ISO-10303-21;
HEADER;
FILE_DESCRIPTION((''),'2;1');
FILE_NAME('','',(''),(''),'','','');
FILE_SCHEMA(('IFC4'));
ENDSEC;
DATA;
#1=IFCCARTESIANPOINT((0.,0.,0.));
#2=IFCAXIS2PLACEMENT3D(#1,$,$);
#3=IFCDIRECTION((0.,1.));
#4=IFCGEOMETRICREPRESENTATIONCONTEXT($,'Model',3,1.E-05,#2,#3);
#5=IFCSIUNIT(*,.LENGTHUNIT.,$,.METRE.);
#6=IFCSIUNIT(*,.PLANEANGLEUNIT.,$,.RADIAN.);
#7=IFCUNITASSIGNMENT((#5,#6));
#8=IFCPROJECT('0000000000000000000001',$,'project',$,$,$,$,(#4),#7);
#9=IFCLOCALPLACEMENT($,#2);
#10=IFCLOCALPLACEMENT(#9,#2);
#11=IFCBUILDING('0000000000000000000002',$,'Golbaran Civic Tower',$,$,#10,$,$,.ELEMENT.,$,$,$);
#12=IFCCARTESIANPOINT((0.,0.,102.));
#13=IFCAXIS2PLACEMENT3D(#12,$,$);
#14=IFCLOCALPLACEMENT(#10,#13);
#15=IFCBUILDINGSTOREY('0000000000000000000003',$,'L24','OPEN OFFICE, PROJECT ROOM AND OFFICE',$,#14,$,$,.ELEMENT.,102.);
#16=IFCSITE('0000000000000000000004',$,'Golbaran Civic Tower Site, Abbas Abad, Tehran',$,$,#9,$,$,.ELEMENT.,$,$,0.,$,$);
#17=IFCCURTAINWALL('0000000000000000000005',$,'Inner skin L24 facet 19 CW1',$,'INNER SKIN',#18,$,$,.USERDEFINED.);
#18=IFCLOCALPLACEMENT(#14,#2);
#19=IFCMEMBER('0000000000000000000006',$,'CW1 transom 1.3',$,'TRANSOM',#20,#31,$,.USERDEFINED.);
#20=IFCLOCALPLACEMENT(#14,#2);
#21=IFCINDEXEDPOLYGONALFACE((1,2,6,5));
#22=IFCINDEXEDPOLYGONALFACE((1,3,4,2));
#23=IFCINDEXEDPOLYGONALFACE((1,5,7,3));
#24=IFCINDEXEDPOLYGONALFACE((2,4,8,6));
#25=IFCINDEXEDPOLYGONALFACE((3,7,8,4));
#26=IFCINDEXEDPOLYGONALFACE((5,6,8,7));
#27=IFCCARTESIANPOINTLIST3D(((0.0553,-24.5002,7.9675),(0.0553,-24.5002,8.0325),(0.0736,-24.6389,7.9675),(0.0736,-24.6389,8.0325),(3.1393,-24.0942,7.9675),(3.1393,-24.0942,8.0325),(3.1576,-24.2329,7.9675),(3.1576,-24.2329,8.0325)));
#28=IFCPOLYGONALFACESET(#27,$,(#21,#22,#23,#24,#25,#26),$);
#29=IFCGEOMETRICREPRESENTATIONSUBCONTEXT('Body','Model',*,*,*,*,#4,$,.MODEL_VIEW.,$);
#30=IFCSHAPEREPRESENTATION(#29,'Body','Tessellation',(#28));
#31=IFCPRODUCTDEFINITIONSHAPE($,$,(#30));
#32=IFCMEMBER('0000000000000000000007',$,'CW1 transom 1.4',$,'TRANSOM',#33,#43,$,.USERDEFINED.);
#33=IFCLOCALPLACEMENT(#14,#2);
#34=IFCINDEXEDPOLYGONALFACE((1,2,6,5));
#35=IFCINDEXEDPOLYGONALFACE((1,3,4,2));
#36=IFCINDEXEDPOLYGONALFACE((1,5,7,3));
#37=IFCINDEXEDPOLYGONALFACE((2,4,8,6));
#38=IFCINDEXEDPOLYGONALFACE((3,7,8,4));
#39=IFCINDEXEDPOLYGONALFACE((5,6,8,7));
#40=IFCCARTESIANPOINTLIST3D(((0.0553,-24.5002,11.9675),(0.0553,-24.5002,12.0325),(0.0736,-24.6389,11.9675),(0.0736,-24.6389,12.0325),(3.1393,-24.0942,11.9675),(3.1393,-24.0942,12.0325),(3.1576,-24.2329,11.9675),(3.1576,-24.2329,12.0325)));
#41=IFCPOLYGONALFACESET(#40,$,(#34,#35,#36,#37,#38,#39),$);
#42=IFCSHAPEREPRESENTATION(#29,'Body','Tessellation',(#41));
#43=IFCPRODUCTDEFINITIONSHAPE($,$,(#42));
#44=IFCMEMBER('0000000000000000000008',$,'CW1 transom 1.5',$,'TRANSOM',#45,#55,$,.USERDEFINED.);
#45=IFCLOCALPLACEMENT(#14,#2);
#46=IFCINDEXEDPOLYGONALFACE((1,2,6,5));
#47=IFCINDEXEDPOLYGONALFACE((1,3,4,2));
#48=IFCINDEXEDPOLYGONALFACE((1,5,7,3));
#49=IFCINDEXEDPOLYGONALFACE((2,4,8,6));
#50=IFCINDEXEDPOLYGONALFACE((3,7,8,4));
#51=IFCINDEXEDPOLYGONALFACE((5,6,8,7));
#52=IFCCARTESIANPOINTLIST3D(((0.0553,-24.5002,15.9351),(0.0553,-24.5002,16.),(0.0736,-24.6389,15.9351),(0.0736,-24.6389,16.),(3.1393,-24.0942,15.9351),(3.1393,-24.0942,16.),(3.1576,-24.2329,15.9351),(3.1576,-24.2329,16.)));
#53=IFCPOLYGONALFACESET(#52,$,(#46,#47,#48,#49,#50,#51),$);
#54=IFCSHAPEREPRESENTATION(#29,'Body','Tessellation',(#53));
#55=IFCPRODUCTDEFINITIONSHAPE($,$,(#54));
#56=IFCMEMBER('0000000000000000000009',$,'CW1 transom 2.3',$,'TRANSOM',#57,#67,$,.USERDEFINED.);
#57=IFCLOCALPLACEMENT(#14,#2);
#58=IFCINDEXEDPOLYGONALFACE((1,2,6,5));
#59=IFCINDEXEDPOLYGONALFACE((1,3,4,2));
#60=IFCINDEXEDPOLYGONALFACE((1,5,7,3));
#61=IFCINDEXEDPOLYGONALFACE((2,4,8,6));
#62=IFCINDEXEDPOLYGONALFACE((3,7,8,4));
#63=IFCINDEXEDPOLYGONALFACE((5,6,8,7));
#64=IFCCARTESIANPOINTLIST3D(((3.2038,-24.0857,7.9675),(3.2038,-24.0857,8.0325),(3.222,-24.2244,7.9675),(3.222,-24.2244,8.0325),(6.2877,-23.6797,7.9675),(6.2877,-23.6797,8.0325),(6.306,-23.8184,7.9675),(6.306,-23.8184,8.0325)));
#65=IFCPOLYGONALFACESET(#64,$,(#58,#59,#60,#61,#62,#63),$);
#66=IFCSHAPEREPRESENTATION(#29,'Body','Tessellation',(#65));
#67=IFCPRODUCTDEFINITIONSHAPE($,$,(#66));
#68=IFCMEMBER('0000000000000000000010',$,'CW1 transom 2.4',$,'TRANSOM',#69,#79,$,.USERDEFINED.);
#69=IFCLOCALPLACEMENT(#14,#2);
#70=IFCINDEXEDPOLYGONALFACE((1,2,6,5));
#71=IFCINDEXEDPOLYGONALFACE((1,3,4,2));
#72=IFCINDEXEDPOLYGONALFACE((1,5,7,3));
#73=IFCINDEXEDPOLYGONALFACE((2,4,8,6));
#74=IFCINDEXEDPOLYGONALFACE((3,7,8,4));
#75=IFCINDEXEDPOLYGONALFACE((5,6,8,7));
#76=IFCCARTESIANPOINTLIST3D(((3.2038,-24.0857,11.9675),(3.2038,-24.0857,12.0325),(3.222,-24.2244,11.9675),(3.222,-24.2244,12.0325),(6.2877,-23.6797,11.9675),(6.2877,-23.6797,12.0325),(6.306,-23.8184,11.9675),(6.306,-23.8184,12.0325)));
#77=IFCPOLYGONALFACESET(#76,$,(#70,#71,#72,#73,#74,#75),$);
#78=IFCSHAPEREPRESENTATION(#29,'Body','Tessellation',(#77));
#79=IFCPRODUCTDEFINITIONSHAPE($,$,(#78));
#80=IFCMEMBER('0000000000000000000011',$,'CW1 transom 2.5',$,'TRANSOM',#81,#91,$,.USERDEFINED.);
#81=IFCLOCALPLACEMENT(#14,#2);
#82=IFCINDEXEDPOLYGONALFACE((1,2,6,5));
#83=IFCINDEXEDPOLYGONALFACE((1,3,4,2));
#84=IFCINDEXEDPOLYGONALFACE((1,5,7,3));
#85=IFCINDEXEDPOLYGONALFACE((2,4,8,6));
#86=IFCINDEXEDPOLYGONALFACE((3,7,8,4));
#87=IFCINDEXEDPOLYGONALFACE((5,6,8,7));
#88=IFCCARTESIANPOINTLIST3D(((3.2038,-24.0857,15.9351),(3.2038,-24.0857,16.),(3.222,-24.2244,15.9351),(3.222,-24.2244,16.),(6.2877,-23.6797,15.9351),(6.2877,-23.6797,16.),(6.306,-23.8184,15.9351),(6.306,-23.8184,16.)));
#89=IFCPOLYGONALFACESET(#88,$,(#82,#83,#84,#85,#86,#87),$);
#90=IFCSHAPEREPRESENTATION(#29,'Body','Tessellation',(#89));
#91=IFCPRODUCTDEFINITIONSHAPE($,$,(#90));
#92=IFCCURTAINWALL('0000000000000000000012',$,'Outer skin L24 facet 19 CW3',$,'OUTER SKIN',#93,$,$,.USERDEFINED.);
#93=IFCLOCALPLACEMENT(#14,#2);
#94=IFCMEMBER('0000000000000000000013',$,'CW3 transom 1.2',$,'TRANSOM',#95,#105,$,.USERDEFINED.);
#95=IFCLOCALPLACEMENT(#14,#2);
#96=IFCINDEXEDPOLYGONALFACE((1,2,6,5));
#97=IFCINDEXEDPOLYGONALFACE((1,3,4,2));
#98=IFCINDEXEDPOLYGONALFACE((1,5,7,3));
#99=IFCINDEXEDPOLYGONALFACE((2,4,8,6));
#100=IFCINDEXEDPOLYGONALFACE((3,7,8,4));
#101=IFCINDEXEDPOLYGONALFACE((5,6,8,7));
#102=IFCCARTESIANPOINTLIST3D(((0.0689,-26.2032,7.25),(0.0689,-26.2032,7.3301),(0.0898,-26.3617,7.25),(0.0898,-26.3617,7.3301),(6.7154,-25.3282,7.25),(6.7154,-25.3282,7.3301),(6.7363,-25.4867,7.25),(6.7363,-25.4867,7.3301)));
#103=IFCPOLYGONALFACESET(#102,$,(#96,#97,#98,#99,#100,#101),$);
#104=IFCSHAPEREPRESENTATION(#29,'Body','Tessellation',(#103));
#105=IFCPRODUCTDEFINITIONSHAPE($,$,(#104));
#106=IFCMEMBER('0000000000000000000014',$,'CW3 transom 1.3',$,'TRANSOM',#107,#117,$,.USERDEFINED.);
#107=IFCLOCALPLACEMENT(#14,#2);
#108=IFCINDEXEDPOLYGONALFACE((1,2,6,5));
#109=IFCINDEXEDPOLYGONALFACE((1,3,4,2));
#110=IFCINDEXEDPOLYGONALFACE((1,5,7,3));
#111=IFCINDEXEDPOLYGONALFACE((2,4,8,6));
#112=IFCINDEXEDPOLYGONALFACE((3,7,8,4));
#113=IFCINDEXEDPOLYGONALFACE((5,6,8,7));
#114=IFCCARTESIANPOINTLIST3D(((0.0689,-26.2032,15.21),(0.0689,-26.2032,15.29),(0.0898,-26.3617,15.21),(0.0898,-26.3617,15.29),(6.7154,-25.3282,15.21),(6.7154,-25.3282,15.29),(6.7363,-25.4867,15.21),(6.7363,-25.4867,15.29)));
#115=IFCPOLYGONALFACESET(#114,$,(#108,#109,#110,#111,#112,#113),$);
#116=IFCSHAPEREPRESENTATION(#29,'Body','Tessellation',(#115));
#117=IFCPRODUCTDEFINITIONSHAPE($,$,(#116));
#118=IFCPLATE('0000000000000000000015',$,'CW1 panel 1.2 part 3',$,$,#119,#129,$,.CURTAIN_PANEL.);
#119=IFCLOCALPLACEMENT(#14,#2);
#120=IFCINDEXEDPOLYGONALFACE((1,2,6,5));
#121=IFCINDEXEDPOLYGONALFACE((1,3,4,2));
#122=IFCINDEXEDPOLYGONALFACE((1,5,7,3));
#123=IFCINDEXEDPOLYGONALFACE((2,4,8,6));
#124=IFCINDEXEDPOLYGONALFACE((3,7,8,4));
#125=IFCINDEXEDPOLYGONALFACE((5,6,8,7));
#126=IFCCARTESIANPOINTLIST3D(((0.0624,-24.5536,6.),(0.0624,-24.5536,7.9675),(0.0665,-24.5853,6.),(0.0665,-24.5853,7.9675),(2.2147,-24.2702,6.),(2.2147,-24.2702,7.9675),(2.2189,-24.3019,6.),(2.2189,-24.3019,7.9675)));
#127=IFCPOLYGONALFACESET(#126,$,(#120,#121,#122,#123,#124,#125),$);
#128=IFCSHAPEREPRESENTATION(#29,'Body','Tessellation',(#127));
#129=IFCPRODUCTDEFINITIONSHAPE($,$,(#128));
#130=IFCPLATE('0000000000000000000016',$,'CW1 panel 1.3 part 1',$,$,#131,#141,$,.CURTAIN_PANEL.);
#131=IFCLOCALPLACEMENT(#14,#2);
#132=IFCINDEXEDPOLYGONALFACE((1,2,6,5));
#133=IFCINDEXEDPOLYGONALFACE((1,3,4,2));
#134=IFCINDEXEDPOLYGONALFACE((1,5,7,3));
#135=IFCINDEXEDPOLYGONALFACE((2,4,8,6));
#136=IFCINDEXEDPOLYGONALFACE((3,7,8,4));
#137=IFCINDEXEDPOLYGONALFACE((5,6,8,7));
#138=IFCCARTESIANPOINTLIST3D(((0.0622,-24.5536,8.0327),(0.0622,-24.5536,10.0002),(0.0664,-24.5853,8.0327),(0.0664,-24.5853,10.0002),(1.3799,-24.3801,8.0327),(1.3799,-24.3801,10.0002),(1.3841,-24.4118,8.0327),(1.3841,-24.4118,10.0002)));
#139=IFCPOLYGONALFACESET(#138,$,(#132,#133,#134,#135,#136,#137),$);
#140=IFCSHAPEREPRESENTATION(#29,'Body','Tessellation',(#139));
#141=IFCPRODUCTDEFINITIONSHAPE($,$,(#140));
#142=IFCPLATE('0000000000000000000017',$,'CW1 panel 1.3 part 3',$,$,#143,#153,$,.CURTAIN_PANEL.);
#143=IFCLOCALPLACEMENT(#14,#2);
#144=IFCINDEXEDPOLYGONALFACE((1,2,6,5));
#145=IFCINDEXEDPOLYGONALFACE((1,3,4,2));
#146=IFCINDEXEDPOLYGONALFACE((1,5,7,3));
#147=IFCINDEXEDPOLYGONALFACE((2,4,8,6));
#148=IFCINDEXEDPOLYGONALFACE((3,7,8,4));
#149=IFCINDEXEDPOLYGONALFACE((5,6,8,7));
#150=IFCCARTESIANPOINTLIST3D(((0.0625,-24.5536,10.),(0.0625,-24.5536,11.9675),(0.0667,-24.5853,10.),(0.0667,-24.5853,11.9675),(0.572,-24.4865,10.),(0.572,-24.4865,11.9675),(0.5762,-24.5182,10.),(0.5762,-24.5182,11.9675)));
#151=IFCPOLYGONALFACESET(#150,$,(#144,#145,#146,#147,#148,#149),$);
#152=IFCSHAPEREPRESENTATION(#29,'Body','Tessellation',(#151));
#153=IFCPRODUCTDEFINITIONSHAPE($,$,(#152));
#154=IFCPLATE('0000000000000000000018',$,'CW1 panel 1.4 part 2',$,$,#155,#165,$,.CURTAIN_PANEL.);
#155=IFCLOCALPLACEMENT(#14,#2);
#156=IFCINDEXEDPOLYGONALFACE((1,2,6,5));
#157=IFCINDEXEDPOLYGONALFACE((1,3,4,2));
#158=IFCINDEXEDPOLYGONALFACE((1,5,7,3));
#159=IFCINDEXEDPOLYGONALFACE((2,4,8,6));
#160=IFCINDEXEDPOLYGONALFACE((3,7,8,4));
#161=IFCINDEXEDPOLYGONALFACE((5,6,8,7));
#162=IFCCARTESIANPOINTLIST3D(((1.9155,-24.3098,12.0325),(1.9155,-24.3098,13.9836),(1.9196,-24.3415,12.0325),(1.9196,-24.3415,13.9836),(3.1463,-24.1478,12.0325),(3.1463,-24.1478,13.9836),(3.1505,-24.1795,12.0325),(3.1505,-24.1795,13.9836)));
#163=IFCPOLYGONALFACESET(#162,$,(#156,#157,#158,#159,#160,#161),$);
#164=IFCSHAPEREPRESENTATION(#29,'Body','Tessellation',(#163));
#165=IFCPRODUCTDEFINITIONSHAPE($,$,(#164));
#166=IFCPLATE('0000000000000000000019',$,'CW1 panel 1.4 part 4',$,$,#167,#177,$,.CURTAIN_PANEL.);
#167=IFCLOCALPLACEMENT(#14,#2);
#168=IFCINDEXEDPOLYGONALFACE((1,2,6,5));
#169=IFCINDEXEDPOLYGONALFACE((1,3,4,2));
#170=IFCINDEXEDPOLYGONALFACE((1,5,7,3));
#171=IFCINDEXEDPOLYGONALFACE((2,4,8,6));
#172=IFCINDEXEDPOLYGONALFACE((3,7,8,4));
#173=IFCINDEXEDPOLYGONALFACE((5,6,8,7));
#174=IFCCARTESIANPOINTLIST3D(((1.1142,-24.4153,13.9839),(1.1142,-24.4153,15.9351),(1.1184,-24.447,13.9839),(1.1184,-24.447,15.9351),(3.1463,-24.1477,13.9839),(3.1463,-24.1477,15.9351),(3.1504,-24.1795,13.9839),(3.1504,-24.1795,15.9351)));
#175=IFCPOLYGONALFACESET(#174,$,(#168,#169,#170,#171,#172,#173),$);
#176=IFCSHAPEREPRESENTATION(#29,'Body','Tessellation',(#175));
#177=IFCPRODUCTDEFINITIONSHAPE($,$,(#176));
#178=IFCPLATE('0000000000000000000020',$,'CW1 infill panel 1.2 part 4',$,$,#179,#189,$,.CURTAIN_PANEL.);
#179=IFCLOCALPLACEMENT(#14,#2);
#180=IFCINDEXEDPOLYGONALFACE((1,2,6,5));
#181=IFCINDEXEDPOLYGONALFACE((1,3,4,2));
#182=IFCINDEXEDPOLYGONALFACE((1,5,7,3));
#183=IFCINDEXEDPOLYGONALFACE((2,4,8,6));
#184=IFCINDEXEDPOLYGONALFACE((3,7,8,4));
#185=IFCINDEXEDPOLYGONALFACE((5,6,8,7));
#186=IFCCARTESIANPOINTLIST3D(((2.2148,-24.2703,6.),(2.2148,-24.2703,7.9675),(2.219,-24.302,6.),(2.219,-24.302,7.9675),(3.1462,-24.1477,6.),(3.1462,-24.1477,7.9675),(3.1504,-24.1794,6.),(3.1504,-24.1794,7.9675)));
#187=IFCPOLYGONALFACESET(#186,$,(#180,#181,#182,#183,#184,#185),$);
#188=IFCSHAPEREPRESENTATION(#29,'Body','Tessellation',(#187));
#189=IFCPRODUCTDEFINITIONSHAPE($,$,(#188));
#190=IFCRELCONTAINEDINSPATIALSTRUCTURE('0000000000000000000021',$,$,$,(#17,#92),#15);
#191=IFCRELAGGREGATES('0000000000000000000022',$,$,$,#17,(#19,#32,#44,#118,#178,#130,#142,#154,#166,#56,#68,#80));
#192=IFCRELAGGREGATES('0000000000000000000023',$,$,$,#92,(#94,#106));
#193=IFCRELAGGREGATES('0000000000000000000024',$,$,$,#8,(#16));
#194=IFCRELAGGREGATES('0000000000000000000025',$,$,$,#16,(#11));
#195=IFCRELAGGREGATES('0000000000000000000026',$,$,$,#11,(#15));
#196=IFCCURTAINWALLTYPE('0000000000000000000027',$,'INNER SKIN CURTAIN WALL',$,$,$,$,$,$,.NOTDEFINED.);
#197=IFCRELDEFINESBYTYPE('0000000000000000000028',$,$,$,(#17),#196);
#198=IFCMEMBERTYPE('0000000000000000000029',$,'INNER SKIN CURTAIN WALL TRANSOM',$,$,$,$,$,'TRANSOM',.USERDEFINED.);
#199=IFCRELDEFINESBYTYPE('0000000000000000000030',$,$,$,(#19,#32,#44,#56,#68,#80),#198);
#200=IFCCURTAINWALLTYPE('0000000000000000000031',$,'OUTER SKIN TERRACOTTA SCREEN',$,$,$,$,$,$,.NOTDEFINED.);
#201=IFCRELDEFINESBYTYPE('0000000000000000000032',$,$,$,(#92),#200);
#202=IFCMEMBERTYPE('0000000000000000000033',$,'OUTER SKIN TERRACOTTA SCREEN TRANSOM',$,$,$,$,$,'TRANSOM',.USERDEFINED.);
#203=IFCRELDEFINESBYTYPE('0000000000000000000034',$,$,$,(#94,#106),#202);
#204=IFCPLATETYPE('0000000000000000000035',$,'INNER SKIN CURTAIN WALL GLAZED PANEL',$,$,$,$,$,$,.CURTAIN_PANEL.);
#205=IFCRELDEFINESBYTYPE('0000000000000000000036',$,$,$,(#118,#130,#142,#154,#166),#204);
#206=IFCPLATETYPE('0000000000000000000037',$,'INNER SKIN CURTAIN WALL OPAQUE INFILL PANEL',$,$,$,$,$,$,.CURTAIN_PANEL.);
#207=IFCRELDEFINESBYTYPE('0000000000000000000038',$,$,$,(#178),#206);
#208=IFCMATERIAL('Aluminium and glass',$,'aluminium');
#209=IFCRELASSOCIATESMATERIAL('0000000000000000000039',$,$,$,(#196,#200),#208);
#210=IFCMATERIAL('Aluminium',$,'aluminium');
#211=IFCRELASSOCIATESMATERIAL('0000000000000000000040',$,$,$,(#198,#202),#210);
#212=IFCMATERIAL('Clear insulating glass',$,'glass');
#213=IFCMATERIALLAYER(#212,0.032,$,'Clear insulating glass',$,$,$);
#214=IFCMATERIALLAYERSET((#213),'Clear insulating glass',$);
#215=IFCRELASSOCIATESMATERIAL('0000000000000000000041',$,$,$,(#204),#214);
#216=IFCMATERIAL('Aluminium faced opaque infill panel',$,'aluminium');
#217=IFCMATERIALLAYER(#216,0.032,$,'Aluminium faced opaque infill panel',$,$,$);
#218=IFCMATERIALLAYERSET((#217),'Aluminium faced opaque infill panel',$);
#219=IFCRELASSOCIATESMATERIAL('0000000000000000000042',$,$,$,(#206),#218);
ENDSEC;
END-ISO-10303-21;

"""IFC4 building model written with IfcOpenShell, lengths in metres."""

from ifc_helpers import new_model, si_unit, direction, frame, origin, origin_2d, place, context, subcontext, project, spatial, rectangle, extrude, material, layer, layer_set, material_profile, profile_set, type_object, element, aggregate, save


model = new_model("IFC4")

# Units and contexts
model_context = context("Model", 3, precision=1e-05, world=origin(), true_north=direction((0.0, 1.0)))
body_context = subcontext(model_context, "Body", "Model", "MODEL_VIEW")
ifc_project = project(units=[si_unit("LENGTHUNIT", "METRE"), si_unit("PLANEANGLEUNIT", "RADIAN")], contexts=[model_context])

# Site, building, storey
site_placement = place(None, origin())
site = spatial("IfcSite", under=ifc_project, at=site_placement, Name="Golbaran Civic Tower Site, Abbas Abad, Tehran", CompositionType="ELEMENT", RefElevation=0.0)
building_placement = place(site_placement, origin())
building = spatial("IfcBuilding", under=site, at=building_placement, Name="Golbaran Civic Tower", CompositionType="ELEMENT")
storey_placement = place(building_placement, frame((0.0, 0.0, 102.0)))
storey = spatial("IfcBuildingStorey", under=building, at=storey_placement, Name="L24", Description="OPEN OFFICE, PROJECT ROOM AND OFFICE", CompositionType="ELEMENT", Elevation=102.0)

# Curtain walls, members
ifc_material_1 = material(Name="Aluminium and glass", Category="aluminium")
curtain_wall_type_1 = type_object("IfcCurtainWallType", Name="INNER SKIN CURTAIN WALL", PredefinedType="NOTDEFINED", material=ifc_material_1)
curtain_wall_1_placement = place(storey_placement, origin())
curtain_wall_1 = element("IfcCurtainWall", 1, at=curtain_wall_1_placement, inside=storey, type_object=curtain_wall_type_1, Name="Inner skin L24 facet 19 CW1", ObjectType="INNER SKIN", PredefinedType="USERDEFINED")
ifc_material_2 = material(Name="Aluminium", Category="aluminium")
ifc_material_profile_1 = material_profile(ifc_material_2, rectangle(XDim=0.1399, YDim=0.0649, at=origin_2d()), Name="INNER SKIN CURTAIN WALL TRANSOM")
ifc_profile_set_1 = profile_set([ifc_material_profile_1], Name="Aluminium")
member_type_1 = type_object("IfcMemberType", Name="INNER SKIN CURTAIN WALL TRANSOM", ElementType="TRANSOM", PredefinedType="USERDEFINED", material=ifc_profile_set_1)
member_1_placement = place(storey_placement, frame((0.0645, -24.5696, 8.0), z_axis=(0.991445, 0.130524, 0.0), x_axis=(-0.130524, 0.991445, 0.0)))
member_1 = element("IfcMember", 2, at=member_1_placement, type_object=member_type_1, Name="CW1 transom 1.3", ObjectType="TRANSOM", PredefinedType="USERDEFINED", context=body_context, shape_type="SweptSolid", body=[
    extrude(rectangle(XDim=0.1399, YDim=0.0649, at=origin_2d()), origin(), (0.0, 0.0, 1.0), 3.1106),
])
member_2_placement = place(storey_placement, frame((0.0645, -24.5696, 12.0), z_axis=(0.991445, 0.130524, 0.0), x_axis=(-0.130524, 0.991445, 0.0)))
member_2 = element("IfcMember", 3, at=member_2_placement, type_object=member_type_1, Name="CW1 transom 1.4", ObjectType="TRANSOM", PredefinedType="USERDEFINED", context=body_context, shape_type="SweptSolid", body=[
    extrude(rectangle(XDim=0.1399, YDim=0.0649, at=origin_2d()), origin(), (0.0, 0.0, 1.0), 3.1106),
])
member_3_placement = place(storey_placement, frame((0.0645, -24.5696, 15.9675), z_axis=(0.991445, 0.130524, 0.0), x_axis=(-0.130524, 0.991445, 0.0)))
member_3 = element("IfcMember", 4, at=member_3_placement, type_object=member_type_1, Name="CW1 transom 1.5", ObjectType="TRANSOM", PredefinedType="USERDEFINED", context=body_context, shape_type="SweptSolid", body=[
    extrude(rectangle(XDim=0.1399, YDim=0.0649, at=origin_2d()), origin(), (0.0, 0.0, 1.0), 3.1106),
])
member_4_placement = place(storey_placement, frame((3.2129, -24.155, 8.0), z_axis=(0.991445, 0.130524, 0.0), x_axis=(-0.130524, 0.991445, 0.0)))
member_4 = element("IfcMember", 5, at=member_4_placement, type_object=member_type_1, Name="CW1 transom 2.3", ObjectType="TRANSOM", PredefinedType="USERDEFINED", context=body_context, shape_type="SweptSolid", body=[
    extrude(rectangle(XDim=0.1399, YDim=0.0649, at=origin_2d()), origin(), (0.0, 0.0, 1.0), 3.1106),
])
member_5_placement = place(storey_placement, frame((3.2129, -24.155, 12.0), z_axis=(0.991445, 0.130524, 0.0), x_axis=(-0.130524, 0.991445, 0.0)))
member_5 = element("IfcMember", 6, at=member_5_placement, type_object=member_type_1, Name="CW1 transom 2.4", ObjectType="TRANSOM", PredefinedType="USERDEFINED", context=body_context, shape_type="SweptSolid", body=[
    extrude(rectangle(XDim=0.1399, YDim=0.0649, at=origin_2d()), origin(), (0.0, 0.0, 1.0), 3.1106),
])
member_6_placement = place(storey_placement, frame((3.2129, -24.155, 15.9675), z_axis=(0.991445, 0.130524, 0.0), x_axis=(-0.130524, 0.991445, 0.0)))
member_6 = element("IfcMember", 7, at=member_6_placement, type_object=member_type_1, Name="CW1 transom 2.5", ObjectType="TRANSOM", PredefinedType="USERDEFINED", context=body_context, shape_type="SweptSolid", body=[
    extrude(rectangle(XDim=0.1399, YDim=0.0649, at=origin_2d()), origin(), (0.0, 0.0, 1.0), 3.1106),
])
curtain_wall_type_2 = type_object("IfcCurtainWallType", Name="OUTER SKIN TERRACOTTA SCREEN", PredefinedType="NOTDEFINED", material=ifc_material_1)
curtain_wall_2_placement = place(storey_placement, origin())
curtain_wall_2 = element("IfcCurtainWall", 8, at=curtain_wall_2_placement, inside=storey, type_object=curtain_wall_type_2, Name="Outer skin L24 facet 19 CW3", ObjectType="OUTER SKIN", PredefinedType="USERDEFINED")
ifc_material_profile_2 = material_profile(ifc_material_2, rectangle(XDim=0.1599, YDim=0.0801, at=origin_2d()), Name="OUTER SKIN TERRACOTTA SCREEN TRANSOM")
ifc_profile_set_2 = profile_set([ifc_material_profile_2], Name="Aluminium")
member_type_2 = type_object("IfcMemberType", Name="OUTER SKIN TERRACOTTA SCREEN TRANSOM", ElementType="TRANSOM", PredefinedType="USERDEFINED", material=ifc_profile_set_2)
member_7_placement = place(storey_placement, frame((0.0793, -26.2825, 7.29), z_axis=(0.991445, 0.130522, 0.0), x_axis=(-0.130522, 0.991445, 0.0)))
member_7 = element("IfcMember", 9, at=member_7_placement, type_object=member_type_2, Name="CW3 transom 1.2", ObjectType="TRANSOM", PredefinedType="USERDEFINED", context=body_context, shape_type="SweptSolid", body=[
    extrude(rectangle(XDim=0.1599, YDim=0.0801, at=origin_2d()), origin(), (0.0, 0.0, 1.0), 6.7039),
])
member_8_placement = place(storey_placement, frame((0.0793, -26.2825, 15.25), z_axis=(0.991445, 0.130522, 0.0), x_axis=(-0.130522, 0.991445, 0.0)))
member_8 = element("IfcMember", 10, at=member_8_placement, type_object=member_type_2, Name="CW3 transom 1.3", ObjectType="TRANSOM", PredefinedType="USERDEFINED", context=body_context, shape_type="SweptSolid", body=[
    extrude(rectangle(XDim=0.1599, YDim=0.0801, at=origin_2d()), origin(), (0.0, 0.0, 1.0), 6.7039),
])

# Plates
ifc_material_3 = material(Name="Clear insulating glass", Category="glass")
ifc_layer_1 = layer(ifc_material_3, 0.032, Name="Clear insulating glass")
ifc_layer_set_1 = layer_set([ifc_layer_1], Name="Clear insulating glass")
plate_type_1 = type_object("IfcPlateType", Name="INNER SKIN CURTAIN WALL GLAZED PANEL", PredefinedType="CURTAIN_PANEL", material=ifc_layer_set_1)
plate_1_placement = place(storey_placement, frame((1.1406, -24.4277, 6.0), z_axis=(0.0, 0.0, 1.0), x_axis=(0.991445, 0.130526, 0.0)))
plate_1 = element("IfcPlate", 11, at=plate_1_placement, type_object=plate_type_1, Name="CW1 panel 1.2 part 3", PredefinedType="CURTAIN_PANEL", context=body_context, shape_type="SweptSolid", body=[
    extrude(rectangle(XDim=2.1709, YDim=0.032, at=origin_2d()), origin(), (0.0, 0.0, 1.0), 1.9675),
])
plate_2_placement = place(storey_placement, frame((0.7231, -24.4827, 8.0327), z_axis=(0.0, 0.0, 1.0), x_axis=(0.991445, 0.130526, 0.0)))
plate_2 = element("IfcPlate", 12, at=plate_2_placement, type_object=plate_type_1, Name="CW1 panel 1.3 part 1", PredefinedType="CURTAIN_PANEL", context=body_context, shape_type="SweptSolid", body=[
    extrude(rectangle(XDim=1.3291, YDim=0.032, at=origin_2d()), origin(), (0.0, 0.0, 1.0), 1.9675),
])
plate_3_placement = place(storey_placement, frame((0.3193, -24.5359, 10.0), z_axis=(0.0, 0.0, 1.0), x_axis=(0.991445, 0.130526, 0.0)))
plate_3 = element("IfcPlate", 13, at=plate_3_placement, type_object=plate_type_1, Name="CW1 panel 1.3 part 3", PredefinedType="CURTAIN_PANEL", context=body_context, shape_type="SweptSolid", body=[
    extrude(rectangle(XDim=0.5139, YDim=0.032, at=origin_2d()), origin(), (0.0, 0.0, 1.0), 1.9675),
])
plate_4_placement = place(storey_placement, frame((2.533, -24.2446, 12.0325), z_axis=(0.0, 0.0, 1.0), x_axis=(0.991445, 0.130526, 0.0)))
plate_4 = element("IfcPlate", 14, at=plate_4_placement, type_object=plate_type_1, Name="CW1 panel 1.4 part 2", PredefinedType="CURTAIN_PANEL", context=body_context, shape_type="SweptSolid", body=[
    extrude(rectangle(XDim=1.2415, YDim=0.032, at=origin_2d()), origin(), (0.0, 0.0, 1.0), 1.9512),
])
plate_5_placement = place(storey_placement, frame((2.1323, -24.2974, 13.9839), z_axis=(0.0, 0.0, 1.0), x_axis=(0.991445, 0.130526, 0.0)))
plate_5 = element("IfcPlate", 15, at=plate_5_placement, type_object=plate_type_1, Name="CW1 panel 1.4 part 4", PredefinedType="CURTAIN_PANEL", context=body_context, shape_type="SweptSolid", body=[
    extrude(rectangle(XDim=2.0496, YDim=0.032, at=origin_2d()), origin(), (0.0, 0.0, 1.0), 1.9512),
])
ifc_material_4 = material(Name="Aluminium faced opaque infill panel", Category="aluminium")
ifc_layer_2 = layer(ifc_material_4, 0.032, Name="Aluminium faced opaque infill panel")
ifc_layer_set_2 = layer_set([ifc_layer_2], Name="Aluminium faced opaque infill panel")
plate_type_2 = type_object("IfcPlateType", Name="INNER SKIN CURTAIN WALL OPAQUE INFILL PANEL", PredefinedType="CURTAIN_PANEL", material=ifc_layer_set_2)
plate_6_placement = place(storey_placement, frame((2.6826, -24.2249, 6.0), z_axis=(0.0, 0.0, 1.0), x_axis=(0.991445, 0.130526, 0.0)))
plate_6 = element("IfcPlate", 16, at=plate_6_placement, type_object=plate_type_2, Name="CW1 infill panel 1.2 part 4", PredefinedType="CURTAIN_PANEL", context=body_context, shape_type="SweptSolid", body=[
    extrude(rectangle(XDim=0.9395, YDim=0.032, at=origin_2d()), origin(), (0.0, 0.0, 1.0), 1.9675),
])
aggregate(curtain_wall_1, [member_1, member_2, member_3, plate_1, plate_6, plate_2, plate_3, plate_4, plate_5, member_4, member_5, member_6])
aggregate(curtain_wall_2, [member_7, member_8])

save(model, "model.ifc")
